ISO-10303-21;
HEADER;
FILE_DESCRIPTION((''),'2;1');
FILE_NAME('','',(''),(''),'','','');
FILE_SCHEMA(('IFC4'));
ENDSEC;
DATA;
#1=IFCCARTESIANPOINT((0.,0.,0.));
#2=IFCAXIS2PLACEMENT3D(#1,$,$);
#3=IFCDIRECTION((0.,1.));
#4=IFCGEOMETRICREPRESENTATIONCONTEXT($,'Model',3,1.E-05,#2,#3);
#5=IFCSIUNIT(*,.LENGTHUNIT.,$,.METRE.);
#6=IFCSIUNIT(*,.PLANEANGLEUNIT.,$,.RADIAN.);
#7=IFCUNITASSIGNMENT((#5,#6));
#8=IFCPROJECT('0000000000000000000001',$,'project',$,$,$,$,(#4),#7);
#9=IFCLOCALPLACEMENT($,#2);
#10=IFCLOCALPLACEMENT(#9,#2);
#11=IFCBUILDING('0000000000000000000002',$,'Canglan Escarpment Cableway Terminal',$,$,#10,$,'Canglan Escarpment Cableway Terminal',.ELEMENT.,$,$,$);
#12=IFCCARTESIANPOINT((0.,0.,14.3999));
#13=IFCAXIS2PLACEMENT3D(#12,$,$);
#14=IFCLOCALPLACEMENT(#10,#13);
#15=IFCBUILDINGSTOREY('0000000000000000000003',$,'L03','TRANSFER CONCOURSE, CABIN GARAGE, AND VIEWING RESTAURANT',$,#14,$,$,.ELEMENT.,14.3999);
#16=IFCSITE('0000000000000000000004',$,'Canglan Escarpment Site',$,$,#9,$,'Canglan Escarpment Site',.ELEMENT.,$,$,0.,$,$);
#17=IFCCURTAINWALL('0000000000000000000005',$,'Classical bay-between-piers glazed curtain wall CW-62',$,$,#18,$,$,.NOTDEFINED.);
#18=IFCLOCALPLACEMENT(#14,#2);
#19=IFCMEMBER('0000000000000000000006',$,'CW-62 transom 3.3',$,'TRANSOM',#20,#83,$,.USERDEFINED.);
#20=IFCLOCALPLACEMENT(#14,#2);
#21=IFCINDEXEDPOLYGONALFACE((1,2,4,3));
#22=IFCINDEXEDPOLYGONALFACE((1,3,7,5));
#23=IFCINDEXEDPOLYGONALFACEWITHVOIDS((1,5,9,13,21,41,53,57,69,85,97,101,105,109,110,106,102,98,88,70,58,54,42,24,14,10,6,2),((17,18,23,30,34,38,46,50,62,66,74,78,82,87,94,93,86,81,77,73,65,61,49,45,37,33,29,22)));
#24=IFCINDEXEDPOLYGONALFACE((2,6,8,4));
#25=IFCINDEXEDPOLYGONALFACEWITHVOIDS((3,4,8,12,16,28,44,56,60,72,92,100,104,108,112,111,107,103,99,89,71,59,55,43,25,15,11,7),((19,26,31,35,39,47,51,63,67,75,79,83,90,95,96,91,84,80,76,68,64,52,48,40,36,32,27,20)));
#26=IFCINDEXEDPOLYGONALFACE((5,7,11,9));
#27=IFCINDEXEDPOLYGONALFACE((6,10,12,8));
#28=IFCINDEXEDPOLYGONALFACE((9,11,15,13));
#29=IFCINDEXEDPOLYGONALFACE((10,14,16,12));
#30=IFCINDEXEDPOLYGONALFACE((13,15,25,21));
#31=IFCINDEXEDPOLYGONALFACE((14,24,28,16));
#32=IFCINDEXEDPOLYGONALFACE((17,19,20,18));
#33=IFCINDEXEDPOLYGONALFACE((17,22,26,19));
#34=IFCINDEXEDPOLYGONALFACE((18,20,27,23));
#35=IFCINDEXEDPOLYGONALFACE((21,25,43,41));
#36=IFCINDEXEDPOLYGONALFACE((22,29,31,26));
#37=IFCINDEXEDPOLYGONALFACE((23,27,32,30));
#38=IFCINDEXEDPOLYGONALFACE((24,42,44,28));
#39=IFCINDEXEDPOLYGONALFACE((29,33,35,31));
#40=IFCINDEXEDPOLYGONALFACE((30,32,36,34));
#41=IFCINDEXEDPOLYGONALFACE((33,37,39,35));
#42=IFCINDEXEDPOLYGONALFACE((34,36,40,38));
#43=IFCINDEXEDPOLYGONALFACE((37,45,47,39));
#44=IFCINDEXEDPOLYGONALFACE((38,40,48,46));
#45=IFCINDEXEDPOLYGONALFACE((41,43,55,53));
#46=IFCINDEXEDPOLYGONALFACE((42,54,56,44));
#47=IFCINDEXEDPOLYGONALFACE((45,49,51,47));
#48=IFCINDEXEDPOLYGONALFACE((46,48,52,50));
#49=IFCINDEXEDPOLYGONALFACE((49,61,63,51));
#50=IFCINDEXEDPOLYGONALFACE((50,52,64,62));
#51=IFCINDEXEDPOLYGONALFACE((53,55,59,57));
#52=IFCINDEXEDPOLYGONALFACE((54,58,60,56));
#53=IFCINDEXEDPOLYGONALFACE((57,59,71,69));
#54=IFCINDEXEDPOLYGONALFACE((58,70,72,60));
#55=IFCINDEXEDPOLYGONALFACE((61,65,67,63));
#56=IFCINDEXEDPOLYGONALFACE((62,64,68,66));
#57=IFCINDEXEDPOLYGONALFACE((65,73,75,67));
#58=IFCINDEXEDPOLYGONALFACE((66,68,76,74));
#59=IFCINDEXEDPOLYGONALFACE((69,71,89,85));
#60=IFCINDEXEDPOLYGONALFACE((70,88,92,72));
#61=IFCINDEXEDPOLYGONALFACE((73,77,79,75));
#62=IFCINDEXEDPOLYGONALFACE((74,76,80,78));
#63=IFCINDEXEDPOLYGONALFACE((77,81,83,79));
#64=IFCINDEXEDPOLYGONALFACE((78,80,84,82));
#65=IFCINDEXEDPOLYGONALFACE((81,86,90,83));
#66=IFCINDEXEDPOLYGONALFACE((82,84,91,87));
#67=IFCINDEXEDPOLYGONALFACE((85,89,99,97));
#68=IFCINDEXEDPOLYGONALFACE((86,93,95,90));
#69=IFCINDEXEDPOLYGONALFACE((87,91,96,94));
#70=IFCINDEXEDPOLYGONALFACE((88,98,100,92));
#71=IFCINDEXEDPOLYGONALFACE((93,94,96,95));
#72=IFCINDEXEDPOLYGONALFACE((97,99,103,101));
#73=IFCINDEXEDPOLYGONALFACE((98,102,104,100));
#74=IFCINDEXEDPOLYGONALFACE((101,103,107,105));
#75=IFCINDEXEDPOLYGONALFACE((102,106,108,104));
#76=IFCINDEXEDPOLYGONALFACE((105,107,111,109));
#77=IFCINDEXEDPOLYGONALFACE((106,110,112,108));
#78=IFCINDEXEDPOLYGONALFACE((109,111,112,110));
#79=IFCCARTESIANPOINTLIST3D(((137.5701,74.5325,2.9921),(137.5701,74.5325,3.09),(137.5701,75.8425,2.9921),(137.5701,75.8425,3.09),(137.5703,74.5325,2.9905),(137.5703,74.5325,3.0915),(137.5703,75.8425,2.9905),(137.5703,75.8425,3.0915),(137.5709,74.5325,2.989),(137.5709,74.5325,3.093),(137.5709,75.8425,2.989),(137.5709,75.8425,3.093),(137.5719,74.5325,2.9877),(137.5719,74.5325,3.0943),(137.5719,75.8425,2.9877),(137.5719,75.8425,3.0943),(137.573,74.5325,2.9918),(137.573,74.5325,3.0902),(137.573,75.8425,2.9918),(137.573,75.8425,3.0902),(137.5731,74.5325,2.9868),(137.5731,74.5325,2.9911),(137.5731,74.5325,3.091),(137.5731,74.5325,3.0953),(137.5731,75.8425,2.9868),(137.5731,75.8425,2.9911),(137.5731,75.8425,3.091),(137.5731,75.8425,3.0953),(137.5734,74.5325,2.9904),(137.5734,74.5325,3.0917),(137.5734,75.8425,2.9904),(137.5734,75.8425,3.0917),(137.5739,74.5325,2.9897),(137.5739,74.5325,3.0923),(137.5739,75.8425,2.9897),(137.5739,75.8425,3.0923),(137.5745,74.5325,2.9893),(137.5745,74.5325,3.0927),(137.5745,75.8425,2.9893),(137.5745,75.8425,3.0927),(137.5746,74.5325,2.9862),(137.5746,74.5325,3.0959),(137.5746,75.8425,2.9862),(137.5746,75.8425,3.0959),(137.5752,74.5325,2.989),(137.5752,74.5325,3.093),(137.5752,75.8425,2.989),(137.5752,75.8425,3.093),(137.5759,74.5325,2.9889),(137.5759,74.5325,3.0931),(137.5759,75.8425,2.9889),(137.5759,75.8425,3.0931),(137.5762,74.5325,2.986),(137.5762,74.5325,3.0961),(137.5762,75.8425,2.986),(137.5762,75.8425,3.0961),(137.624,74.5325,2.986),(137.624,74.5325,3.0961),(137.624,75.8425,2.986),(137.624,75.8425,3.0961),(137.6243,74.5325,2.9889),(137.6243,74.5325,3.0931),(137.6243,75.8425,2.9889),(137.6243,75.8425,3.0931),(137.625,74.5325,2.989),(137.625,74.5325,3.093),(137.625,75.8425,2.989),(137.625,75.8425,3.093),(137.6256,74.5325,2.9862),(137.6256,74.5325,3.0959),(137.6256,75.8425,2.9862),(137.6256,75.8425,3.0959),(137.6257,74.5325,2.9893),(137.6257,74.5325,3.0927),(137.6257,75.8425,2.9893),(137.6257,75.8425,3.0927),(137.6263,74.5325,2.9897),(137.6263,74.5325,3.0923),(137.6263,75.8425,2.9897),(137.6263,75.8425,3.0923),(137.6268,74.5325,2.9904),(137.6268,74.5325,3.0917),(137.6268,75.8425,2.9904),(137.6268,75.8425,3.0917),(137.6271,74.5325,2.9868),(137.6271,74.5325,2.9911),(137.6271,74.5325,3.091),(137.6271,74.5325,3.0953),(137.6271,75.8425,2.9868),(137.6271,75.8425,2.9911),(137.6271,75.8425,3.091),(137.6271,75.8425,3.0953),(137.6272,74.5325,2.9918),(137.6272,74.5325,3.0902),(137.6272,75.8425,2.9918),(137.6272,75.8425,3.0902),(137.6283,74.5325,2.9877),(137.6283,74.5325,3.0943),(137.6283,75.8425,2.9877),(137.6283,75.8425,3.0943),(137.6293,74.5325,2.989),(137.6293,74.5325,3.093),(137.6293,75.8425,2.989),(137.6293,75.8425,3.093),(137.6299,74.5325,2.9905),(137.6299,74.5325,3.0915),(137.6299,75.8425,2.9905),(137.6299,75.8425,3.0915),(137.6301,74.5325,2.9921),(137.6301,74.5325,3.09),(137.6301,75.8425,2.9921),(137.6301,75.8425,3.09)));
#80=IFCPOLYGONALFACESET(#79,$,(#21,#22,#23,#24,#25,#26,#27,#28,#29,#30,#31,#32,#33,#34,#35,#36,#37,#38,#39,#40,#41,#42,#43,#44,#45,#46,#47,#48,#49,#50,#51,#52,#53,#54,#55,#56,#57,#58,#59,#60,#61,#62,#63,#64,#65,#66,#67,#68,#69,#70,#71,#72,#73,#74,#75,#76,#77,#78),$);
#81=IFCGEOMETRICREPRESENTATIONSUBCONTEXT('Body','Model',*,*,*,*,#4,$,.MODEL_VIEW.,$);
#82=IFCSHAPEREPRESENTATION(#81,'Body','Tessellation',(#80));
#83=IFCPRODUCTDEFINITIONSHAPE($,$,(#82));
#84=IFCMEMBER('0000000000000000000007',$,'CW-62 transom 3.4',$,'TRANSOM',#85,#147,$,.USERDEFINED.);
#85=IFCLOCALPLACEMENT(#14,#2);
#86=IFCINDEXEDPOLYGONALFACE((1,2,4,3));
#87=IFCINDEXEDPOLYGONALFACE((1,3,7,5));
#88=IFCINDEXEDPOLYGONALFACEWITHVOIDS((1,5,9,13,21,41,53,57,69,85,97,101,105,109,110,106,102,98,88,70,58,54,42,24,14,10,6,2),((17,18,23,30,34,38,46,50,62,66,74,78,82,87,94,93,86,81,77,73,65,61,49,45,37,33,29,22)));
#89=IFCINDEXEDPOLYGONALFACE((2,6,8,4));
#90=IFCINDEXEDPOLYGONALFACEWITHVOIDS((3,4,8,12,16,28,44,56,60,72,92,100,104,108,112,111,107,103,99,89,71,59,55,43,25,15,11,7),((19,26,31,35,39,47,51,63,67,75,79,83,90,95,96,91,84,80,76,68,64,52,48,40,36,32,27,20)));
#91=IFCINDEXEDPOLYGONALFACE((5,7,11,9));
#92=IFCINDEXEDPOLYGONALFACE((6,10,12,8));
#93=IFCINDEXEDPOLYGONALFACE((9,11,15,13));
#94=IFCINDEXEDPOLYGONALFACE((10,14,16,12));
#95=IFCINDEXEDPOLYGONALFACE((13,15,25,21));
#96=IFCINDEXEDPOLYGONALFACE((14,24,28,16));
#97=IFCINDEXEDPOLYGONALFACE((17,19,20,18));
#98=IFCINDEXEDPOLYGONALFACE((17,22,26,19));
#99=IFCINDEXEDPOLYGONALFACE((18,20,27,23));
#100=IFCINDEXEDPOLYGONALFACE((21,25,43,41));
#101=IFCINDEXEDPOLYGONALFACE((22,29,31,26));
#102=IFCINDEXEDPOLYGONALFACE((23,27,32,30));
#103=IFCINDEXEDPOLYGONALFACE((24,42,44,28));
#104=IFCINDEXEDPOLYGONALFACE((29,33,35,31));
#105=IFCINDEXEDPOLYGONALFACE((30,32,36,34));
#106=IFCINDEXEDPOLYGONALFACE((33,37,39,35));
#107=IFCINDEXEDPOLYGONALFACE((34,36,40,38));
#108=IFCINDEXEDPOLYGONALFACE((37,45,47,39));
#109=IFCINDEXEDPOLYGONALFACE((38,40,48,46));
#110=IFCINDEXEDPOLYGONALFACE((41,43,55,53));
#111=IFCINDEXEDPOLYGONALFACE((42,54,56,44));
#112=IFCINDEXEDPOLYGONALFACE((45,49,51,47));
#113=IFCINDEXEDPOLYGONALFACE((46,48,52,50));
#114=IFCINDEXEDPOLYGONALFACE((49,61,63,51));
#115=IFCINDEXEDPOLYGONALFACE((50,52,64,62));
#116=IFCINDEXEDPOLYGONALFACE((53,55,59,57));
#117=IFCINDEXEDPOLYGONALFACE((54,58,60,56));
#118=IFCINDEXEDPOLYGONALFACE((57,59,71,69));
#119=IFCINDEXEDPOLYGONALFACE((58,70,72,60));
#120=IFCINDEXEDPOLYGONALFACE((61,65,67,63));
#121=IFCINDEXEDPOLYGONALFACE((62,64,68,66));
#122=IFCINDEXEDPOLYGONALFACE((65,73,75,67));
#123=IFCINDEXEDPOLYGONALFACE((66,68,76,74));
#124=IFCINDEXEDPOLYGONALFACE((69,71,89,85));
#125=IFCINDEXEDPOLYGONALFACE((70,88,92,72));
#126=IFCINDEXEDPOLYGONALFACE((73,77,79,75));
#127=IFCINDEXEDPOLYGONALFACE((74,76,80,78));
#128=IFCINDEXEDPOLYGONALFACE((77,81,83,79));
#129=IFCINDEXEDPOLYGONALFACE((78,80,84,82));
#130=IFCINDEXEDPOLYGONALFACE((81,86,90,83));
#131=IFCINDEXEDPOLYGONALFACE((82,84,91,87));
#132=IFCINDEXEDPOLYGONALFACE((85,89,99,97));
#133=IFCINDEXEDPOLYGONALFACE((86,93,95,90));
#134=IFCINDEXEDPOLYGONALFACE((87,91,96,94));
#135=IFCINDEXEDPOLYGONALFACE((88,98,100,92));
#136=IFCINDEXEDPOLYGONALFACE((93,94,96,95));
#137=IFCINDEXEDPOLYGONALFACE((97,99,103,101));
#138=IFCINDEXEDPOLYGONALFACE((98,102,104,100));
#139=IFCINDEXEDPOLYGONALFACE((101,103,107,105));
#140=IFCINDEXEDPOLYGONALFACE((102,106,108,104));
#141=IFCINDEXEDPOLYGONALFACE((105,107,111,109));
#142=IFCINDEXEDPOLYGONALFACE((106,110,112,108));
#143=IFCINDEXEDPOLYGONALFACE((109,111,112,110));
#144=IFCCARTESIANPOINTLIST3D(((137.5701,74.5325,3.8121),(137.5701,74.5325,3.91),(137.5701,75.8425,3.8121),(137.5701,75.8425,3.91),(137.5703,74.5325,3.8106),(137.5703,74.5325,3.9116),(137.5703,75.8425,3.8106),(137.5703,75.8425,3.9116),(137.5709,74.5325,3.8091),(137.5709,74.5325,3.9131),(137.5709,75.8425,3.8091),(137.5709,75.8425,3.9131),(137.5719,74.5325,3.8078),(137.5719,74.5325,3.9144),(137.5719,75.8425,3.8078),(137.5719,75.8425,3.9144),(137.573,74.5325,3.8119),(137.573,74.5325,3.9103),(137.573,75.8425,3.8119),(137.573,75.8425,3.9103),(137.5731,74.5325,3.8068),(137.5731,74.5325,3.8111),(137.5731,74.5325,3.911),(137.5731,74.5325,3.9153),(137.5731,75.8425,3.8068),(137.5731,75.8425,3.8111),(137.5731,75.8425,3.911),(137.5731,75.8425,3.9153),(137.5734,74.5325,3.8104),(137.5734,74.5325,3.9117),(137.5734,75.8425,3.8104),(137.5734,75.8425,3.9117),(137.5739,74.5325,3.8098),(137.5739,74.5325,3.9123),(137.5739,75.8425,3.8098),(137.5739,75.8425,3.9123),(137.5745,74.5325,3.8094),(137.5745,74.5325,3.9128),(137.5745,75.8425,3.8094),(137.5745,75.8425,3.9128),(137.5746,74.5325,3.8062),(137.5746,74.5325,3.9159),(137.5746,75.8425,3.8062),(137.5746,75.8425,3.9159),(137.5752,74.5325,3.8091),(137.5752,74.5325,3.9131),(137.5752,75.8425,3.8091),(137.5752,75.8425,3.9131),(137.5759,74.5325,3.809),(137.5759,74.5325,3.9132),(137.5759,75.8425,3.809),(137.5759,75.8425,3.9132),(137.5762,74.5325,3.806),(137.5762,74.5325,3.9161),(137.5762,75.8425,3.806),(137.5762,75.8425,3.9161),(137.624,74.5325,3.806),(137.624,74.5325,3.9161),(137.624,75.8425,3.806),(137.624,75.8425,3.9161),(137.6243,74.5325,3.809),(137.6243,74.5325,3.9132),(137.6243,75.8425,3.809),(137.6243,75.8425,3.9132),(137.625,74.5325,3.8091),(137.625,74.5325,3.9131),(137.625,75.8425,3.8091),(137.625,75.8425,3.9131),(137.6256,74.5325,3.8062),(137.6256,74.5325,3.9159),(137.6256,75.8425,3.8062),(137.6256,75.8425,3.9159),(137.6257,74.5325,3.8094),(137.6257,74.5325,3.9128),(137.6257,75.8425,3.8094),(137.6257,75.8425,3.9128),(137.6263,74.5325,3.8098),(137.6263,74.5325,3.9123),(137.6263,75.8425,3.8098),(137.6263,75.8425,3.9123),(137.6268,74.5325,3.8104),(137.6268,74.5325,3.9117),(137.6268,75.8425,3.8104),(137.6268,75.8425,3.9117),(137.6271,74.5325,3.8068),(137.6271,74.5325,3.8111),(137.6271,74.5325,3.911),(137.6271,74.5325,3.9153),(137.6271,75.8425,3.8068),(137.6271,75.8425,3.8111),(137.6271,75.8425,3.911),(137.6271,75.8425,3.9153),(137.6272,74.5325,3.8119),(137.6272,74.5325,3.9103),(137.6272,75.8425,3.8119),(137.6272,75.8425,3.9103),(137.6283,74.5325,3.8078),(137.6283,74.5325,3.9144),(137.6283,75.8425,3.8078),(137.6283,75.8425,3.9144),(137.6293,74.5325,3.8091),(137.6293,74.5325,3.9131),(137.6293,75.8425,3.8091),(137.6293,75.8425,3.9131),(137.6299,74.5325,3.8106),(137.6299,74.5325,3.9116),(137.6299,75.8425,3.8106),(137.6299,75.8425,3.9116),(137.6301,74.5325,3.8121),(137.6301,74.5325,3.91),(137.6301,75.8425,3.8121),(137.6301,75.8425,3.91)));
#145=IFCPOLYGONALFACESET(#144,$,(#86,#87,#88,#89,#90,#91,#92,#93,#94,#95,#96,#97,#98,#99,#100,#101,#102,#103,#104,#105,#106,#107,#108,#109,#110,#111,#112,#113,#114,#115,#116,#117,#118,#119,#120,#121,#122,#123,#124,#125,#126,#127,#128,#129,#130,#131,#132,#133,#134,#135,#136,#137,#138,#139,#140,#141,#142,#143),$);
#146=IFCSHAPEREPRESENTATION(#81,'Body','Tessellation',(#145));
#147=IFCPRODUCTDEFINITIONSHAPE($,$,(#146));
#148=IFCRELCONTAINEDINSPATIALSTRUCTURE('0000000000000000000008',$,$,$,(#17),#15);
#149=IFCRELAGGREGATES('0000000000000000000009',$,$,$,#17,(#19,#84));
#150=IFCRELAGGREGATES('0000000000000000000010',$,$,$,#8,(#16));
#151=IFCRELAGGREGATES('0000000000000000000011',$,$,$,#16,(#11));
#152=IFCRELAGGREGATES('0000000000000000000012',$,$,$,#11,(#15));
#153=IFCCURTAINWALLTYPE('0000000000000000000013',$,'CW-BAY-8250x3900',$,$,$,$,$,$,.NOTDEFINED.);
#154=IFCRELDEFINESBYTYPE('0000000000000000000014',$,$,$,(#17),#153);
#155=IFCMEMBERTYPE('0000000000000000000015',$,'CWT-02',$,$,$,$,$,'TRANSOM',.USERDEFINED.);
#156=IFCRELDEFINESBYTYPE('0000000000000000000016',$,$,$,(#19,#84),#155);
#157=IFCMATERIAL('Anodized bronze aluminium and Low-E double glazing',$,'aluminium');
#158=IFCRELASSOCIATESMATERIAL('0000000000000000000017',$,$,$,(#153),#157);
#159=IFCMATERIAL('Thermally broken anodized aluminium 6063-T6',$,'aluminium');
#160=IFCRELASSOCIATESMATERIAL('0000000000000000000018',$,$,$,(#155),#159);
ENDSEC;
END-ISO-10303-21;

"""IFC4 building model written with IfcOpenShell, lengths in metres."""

from ifc_helpers import new_model, si_unit, direction, frame, origin, origin_2d, place, context, subcontext, project, spatial, hollow_rectangle, extrude, material, material_profile, profile_set, type_object, element, aggregate, save


model = new_model("IFC4")

# Units and contexts
model_context = context("Model", 3, precision=1e-05, world=origin(), true_north=direction((0.0, 1.0)))
body_context = subcontext(model_context, "Body", "Model", "MODEL_VIEW")
ifc_project = project(units=[si_unit("LENGTHUNIT", "METRE"), si_unit("PLANEANGLEUNIT", "RADIAN")], contexts=[model_context])

# Site, building, storey
site_placement = place(None, origin())
site = spatial("IfcSite", under=ifc_project, at=site_placement, Name="Canglan Escarpment Site", LongName="Canglan Escarpment Site", CompositionType="ELEMENT", RefElevation=0.0)
building_placement = place(site_placement, origin())
building = spatial("IfcBuilding", under=site, at=building_placement, Name="Canglan Escarpment Cableway Terminal", LongName="Canglan Escarpment Cableway Terminal", CompositionType="ELEMENT")
storey_placement = place(building_placement, frame((0.0, 0.0, 14.3999)))
storey = spatial("IfcBuildingStorey", under=building, at=storey_placement, Name="L03", Description="TRANSFER CONCOURSE, CABIN GARAGE, AND VIEWING RESTAURANT", CompositionType="ELEMENT", Elevation=14.3999)

# Curtain wall, members
ifc_material_1 = material(Name="Anodized bronze aluminium and Low-E double glazing", Category="aluminium")
curtain_wall_type = type_object("IfcCurtainWallType", Name="CW-BAY-8250x3900", PredefinedType="NOTDEFINED", material=ifc_material_1)
curtain_wall_placement = place(storey_placement, origin())
curtain_wall = element("IfcCurtainWall", 1, at=curtain_wall_placement, inside=storey, type_object=curtain_wall_type, Name="Classical bay-between-piers glazed curtain wall CW-62", PredefinedType="NOTDEFINED")
ifc_material_2 = material(Name="Thermally broken anodized aluminium 6063-T6", Category="aluminium")
ifc_material_profile_1 = material_profile(ifc_material_2, hollow_rectangle(XDim=0.0601, YDim=0.1101, WallThickness=0.0029, InnerFilletRadius=0.0029, OuterFilletRadius=0.0061, at=origin_2d()), Name="ALU-TRAN 60x110x3")
ifc_profile_set_1 = profile_set([ifc_material_profile_1], Name="Thermally broken anodized aluminium 6063-T6")
member_type_1 = type_object("IfcMemberType", Name="CWT-02", ElementType="TRANSOM", PredefinedType="USERDEFINED", material=ifc_profile_set_1)
member_1_placement = place(storey_placement, frame((137.6001, 75.8425, 3.041), z_axis=(0.0, -1.0, 0.0), x_axis=(1.0, 0.0, 0.0)))
member_1 = element("IfcMember", 2, at=member_1_placement, type_object=member_type_1, Name="CW-62 transom 3.3", ObjectType="TRANSOM", PredefinedType="USERDEFINED", context=body_context, shape_type="SweptSolid", body=[
    extrude(hollow_rectangle(XDim=0.0601, YDim=0.1101, WallThickness=0.0029, InnerFilletRadius=0.0029, OuterFilletRadius=0.0061, at=origin_2d()), origin(), (0.0, 0.0, 1.0), 1.3101),
])
member_2_placement = place(storey_placement, frame((137.6001, 75.8425, 3.8611), z_axis=(0.0, -1.0, 0.0), x_axis=(1.0, 0.0, 0.0)))
member_2 = element("IfcMember", 3, at=member_2_placement, type_object=member_type_1, Name="CW-62 transom 3.4", ObjectType="TRANSOM", PredefinedType="USERDEFINED", context=body_context, shape_type="SweptSolid", body=[
    extrude(hollow_rectangle(XDim=0.0601, YDim=0.1101, WallThickness=0.0029, InnerFilletRadius=0.0029, OuterFilletRadius=0.0061, at=origin_2d()), origin(), (0.0, 0.0, 1.0), 1.3101),
])

aggregate(curtain_wall, [member_1, member_2])

save(model, "model.ifc")
